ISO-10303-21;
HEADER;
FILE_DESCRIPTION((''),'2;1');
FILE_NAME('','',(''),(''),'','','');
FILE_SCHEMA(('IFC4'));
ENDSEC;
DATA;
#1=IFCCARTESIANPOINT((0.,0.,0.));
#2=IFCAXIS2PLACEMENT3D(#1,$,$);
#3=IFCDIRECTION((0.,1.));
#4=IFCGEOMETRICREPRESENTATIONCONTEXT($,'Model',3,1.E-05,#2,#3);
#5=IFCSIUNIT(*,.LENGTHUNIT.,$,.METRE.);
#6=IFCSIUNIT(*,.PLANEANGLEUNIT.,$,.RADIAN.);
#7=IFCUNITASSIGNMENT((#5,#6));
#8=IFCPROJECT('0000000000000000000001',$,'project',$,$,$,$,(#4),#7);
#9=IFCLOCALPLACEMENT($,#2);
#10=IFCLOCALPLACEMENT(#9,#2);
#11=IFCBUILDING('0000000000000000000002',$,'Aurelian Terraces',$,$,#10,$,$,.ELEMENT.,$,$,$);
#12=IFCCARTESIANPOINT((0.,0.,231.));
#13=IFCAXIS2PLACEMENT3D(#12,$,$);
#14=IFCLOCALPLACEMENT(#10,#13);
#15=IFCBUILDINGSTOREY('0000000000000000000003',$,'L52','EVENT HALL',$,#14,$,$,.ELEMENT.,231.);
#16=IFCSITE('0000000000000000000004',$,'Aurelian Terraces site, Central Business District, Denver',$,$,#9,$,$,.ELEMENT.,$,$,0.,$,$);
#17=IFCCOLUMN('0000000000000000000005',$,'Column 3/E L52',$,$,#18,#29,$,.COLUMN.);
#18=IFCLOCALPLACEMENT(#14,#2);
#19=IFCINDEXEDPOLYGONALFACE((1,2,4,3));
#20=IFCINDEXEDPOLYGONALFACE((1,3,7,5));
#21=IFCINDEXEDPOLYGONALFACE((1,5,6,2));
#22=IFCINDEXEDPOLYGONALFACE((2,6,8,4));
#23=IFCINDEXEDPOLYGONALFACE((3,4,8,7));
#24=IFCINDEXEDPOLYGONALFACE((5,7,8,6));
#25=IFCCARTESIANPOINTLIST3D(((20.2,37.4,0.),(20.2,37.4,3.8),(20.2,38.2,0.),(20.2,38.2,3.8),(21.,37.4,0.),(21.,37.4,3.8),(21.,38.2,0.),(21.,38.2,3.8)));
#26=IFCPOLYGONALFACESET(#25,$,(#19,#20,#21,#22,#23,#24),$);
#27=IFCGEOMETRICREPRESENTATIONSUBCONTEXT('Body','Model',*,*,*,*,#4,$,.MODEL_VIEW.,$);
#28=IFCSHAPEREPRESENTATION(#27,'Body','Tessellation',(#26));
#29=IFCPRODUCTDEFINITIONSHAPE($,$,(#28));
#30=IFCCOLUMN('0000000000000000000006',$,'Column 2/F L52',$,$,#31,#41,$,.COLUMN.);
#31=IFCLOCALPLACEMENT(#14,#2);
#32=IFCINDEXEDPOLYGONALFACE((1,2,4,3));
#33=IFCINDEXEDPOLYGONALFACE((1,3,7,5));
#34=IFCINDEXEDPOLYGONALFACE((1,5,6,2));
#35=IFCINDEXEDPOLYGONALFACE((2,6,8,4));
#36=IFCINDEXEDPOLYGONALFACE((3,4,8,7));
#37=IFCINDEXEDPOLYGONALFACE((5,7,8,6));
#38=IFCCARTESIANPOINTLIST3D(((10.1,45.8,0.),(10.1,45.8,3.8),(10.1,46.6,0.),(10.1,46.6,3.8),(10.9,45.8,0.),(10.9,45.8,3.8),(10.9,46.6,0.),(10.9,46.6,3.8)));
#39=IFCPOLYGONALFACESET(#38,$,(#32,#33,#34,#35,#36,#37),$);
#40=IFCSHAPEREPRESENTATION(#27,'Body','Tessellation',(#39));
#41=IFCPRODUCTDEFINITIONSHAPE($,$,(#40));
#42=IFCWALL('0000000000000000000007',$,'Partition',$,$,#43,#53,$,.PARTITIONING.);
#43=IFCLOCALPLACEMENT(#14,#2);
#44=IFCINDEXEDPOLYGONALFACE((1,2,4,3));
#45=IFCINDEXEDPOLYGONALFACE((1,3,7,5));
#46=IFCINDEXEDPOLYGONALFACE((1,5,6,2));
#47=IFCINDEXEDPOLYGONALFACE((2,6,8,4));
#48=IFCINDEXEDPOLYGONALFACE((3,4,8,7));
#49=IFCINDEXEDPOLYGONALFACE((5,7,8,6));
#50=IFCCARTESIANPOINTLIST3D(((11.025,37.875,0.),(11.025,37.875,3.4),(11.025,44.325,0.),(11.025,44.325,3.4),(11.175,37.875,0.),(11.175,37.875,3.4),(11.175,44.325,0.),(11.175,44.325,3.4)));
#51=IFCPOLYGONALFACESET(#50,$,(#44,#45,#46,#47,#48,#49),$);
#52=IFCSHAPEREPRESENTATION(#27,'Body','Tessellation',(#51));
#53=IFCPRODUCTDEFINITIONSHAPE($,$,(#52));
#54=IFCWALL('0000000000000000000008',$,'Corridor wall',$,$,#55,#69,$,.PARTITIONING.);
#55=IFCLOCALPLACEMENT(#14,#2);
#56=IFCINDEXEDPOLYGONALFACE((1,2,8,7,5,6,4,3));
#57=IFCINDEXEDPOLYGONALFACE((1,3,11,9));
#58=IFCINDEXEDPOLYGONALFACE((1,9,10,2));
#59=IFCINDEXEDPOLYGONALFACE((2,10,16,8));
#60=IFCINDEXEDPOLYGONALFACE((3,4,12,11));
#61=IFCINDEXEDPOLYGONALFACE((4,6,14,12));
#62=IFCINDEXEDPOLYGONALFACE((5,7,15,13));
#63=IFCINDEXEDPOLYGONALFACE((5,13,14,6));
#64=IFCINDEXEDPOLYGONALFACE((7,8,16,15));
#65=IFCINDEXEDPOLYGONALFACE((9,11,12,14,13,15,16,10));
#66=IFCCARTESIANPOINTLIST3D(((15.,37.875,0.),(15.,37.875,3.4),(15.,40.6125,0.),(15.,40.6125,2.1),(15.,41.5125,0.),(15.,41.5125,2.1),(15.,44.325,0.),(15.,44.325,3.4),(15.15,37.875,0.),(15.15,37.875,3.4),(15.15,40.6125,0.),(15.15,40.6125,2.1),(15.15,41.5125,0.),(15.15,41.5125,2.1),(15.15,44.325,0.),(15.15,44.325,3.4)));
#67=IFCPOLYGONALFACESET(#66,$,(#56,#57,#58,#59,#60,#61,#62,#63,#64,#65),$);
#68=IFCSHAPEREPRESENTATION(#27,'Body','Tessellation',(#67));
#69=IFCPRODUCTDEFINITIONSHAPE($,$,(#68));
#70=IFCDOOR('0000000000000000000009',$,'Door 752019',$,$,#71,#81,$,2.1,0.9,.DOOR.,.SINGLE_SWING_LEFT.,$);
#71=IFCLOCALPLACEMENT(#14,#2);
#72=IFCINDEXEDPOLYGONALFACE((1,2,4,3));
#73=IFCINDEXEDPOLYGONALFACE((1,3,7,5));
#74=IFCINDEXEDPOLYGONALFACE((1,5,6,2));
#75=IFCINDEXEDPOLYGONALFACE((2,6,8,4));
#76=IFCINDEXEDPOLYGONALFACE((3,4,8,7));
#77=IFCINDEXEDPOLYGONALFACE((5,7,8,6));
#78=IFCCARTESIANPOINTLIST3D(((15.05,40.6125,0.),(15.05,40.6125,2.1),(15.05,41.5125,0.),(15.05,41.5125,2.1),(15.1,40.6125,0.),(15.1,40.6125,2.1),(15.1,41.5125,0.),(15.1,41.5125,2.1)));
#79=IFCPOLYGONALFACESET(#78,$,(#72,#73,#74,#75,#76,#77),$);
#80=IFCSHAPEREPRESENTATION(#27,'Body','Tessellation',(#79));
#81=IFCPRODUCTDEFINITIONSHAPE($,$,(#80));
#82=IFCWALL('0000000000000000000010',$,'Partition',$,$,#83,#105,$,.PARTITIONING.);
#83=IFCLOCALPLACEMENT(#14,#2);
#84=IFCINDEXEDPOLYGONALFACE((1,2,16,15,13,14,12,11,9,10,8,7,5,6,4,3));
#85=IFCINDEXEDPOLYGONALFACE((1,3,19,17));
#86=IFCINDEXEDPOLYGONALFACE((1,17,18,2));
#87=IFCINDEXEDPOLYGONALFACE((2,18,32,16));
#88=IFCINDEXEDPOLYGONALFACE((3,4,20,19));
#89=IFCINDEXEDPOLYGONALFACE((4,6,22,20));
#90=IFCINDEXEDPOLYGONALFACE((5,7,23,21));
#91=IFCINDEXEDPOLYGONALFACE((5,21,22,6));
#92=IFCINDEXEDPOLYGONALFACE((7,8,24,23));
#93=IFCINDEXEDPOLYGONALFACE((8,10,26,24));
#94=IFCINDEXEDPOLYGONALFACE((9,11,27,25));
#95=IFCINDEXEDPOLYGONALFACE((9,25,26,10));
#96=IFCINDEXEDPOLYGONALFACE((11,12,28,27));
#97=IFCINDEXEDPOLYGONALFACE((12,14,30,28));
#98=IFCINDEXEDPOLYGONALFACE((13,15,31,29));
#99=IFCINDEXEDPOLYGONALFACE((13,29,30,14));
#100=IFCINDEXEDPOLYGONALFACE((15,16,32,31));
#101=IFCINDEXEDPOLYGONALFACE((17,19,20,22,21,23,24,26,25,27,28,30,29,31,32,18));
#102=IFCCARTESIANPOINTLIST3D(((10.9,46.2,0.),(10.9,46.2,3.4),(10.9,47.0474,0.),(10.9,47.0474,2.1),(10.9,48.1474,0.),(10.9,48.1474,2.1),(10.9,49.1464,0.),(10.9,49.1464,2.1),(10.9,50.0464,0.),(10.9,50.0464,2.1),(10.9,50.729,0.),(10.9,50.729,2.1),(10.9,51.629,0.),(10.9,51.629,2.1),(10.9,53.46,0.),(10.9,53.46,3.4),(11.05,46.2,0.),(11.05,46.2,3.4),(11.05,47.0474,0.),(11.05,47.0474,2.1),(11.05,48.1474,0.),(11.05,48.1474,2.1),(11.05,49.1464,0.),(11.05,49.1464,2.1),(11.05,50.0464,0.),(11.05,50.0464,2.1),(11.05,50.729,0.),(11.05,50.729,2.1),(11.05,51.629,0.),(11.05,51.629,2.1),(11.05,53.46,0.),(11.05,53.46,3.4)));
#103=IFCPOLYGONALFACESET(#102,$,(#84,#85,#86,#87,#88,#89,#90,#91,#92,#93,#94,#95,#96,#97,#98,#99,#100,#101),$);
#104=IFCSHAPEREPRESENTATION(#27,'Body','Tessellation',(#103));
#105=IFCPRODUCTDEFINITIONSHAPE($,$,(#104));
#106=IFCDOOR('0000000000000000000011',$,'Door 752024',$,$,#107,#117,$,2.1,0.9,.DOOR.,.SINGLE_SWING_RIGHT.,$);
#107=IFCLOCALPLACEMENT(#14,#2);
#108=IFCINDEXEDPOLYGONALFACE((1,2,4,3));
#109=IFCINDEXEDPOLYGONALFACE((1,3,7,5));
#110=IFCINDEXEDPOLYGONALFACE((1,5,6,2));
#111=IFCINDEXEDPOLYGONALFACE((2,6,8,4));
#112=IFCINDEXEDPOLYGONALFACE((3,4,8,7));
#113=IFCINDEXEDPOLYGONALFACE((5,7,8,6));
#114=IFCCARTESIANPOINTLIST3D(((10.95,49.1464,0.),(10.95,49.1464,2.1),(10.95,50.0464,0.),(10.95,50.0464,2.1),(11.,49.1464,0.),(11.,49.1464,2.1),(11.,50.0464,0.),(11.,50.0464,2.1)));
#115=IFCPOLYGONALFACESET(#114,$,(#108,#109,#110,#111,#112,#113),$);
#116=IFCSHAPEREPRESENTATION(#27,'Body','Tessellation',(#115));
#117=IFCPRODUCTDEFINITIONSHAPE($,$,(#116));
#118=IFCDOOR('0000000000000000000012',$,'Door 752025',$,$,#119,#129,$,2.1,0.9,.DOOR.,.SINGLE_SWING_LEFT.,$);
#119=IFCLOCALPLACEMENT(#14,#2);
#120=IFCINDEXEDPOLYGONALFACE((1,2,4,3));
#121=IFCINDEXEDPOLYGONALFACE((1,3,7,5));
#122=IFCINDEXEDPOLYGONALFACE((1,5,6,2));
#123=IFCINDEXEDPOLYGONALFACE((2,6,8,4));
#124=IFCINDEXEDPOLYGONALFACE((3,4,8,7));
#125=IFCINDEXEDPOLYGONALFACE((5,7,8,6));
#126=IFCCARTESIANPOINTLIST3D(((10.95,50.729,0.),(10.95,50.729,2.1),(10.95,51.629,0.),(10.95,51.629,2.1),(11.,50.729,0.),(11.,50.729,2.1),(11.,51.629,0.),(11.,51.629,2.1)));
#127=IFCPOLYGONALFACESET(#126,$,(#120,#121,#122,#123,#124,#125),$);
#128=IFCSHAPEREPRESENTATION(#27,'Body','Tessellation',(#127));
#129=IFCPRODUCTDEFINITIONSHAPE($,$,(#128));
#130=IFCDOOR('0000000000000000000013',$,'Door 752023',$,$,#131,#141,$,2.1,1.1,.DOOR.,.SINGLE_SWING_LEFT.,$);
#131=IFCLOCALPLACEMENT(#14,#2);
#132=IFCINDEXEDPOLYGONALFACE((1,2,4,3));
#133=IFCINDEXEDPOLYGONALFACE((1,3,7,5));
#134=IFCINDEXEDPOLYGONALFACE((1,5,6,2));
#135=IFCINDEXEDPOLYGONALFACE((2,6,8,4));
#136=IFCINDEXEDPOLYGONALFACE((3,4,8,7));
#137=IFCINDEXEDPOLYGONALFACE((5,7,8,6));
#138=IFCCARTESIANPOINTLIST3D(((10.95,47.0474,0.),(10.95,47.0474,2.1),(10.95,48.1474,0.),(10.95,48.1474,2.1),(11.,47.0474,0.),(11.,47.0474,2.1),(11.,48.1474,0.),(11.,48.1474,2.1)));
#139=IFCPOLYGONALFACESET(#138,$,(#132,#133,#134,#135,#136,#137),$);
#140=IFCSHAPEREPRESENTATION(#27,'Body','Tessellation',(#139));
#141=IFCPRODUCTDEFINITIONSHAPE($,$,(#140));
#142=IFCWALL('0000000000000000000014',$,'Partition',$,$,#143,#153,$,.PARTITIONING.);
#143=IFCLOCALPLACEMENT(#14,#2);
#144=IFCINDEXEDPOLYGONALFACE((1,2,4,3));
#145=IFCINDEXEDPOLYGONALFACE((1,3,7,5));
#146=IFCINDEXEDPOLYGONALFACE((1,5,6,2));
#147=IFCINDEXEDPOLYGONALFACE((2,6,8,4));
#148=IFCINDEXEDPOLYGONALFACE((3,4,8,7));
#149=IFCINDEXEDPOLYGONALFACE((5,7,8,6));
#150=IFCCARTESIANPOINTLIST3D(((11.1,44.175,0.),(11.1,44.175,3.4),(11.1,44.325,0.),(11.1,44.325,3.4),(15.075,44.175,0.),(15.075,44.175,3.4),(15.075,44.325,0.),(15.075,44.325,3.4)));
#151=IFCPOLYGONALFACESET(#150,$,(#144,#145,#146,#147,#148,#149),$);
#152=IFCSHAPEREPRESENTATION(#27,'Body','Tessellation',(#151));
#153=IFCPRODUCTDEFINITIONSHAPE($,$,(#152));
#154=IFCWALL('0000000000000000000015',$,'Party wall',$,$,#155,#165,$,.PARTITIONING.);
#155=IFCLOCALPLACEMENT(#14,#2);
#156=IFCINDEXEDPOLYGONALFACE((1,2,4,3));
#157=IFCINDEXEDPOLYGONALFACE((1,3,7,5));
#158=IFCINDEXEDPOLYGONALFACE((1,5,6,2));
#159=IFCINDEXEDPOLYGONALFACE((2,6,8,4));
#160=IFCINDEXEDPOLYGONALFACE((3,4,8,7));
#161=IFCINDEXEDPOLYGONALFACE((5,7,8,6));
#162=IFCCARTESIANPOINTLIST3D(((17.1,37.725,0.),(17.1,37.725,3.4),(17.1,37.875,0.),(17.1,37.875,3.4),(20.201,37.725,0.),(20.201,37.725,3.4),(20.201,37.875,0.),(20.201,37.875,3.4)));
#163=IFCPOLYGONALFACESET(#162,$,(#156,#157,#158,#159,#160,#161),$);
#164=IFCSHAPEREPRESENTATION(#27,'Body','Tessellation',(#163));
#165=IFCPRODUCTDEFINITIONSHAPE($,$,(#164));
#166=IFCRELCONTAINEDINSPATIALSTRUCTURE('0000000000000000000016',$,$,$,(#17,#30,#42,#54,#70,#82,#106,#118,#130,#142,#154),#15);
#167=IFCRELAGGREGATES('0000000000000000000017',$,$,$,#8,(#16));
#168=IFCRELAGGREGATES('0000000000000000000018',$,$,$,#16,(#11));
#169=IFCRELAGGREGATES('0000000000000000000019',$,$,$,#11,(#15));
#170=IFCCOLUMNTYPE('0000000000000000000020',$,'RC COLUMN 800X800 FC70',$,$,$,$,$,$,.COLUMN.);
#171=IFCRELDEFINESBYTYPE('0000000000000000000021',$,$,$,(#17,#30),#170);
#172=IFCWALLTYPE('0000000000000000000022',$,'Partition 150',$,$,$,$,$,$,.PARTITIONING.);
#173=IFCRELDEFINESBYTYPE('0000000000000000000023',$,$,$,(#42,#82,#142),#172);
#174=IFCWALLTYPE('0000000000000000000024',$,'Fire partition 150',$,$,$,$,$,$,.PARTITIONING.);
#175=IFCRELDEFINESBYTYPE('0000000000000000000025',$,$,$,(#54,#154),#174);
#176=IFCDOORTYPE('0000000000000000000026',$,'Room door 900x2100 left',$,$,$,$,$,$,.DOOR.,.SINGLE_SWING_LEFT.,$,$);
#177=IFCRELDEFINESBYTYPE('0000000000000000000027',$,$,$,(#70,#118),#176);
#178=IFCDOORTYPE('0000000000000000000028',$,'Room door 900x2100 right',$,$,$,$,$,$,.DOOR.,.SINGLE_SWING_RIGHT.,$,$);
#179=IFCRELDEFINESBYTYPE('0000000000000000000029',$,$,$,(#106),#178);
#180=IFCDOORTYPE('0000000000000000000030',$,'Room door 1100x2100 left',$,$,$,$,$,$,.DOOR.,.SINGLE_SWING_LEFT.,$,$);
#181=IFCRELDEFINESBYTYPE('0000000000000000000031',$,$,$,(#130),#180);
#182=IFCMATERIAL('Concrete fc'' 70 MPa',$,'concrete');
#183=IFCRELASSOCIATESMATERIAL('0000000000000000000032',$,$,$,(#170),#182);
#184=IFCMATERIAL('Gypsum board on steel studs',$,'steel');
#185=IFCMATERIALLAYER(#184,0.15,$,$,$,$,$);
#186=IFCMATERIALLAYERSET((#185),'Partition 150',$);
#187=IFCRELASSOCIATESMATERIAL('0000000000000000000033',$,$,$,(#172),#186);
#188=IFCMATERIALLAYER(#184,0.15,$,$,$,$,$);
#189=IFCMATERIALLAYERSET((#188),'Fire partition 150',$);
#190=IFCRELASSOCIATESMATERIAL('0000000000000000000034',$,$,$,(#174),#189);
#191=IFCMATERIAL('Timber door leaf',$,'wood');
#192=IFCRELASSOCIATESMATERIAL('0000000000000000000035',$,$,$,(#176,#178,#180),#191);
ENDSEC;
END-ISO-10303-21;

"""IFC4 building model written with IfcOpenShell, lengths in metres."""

from ifc_helpers import new_model, si_unit, direction, frame, frame_2d, origin, origin_2d, place, context, subcontext, project, spatial, rectangle, extrude, source, transform, mapped, material, layer, layer_set, material_profile, profile_set, type_object, element, fill, save


model = new_model("IFC4")

# Units and contexts
model_context = context("Model", 3, precision=1e-05, world=origin(), true_north=direction((0.0, 1.0)))
body_context = subcontext(model_context, "Body", "Model", "MODEL_VIEW")
ifc_project = project(units=[si_unit("LENGTHUNIT", "METRE"), si_unit("PLANEANGLEUNIT", "RADIAN")], contexts=[model_context])

# Site, building, storey
site_placement = place(None, origin())
site = spatial("IfcSite", under=ifc_project, at=site_placement, Name="Aurelian Terraces site, Central Business District, Denver", CompositionType="ELEMENT", RefElevation=0.0)
building_placement = place(site_placement, origin())
building = spatial("IfcBuilding", under=site, at=building_placement, Name="Aurelian Terraces", CompositionType="ELEMENT")
storey_placement = place(building_placement, frame((0.0, 0.0, 231.0)))
storey = spatial("IfcBuildingStorey", under=building, at=storey_placement, Name="L52", Description="EVENT HALL", CompositionType="ELEMENT", Elevation=231.0)

# Columns
ifc_material_1 = material(Name="Concrete fc' 70 MPa", Category="concrete")
ifc_material_profile = material_profile(ifc_material_1, rectangle(XDim=0.8, YDim=0.8, at=origin_2d()))
ifc_profile_set = profile_set([ifc_material_profile], Name="Concrete fc' 70 MPa")
column_type = type_object("IfcColumnType", Name="RC COLUMN 800X800 FC70", PredefinedType="COLUMN", material=ifc_profile_set)
shared_shape_1 = source(origin(), body_context, "Body", "SweptSolid", [
    extrude(rectangle(XDim=0.8, YDim=0.8, at=origin_2d()), origin(), (0.0, 0.0, 1.0), 3.8),
])
for number, where, z_axis, x_axis, name in (
    (1, (20.6, 37.8, 0.0), (0.0, 0.0, 1.0), (1.0, 0.0, 0.0), "Column 3/E L52"),
    (2, (10.5, 46.2, 0.0), (0.0, 0.0, 1.0), (1.0, 0.0, 0.0), "Column 2/F L52"),
):
    element("IfcColumn", number, at=place(storey_placement, frame(where, z_axis=z_axis, x_axis=x_axis)), inside=storey, type_object=column_type, Name=name, PredefinedType="COLUMN", context=body_context, shape_type="MappedRepresentation", body=[
        mapped(shared_shape_1, transform((0.0, 0.0, 0.0), scale=1.0)),
    ])

# Wall
ifc_material_2 = material(Name="Gypsum board on steel studs", Category="steel")
ifc_layer_1 = layer(ifc_material_2, 0.15)
ifc_layer_set_1 = layer_set([ifc_layer_1], Name="Partition 150")
wall_type_1 = type_object("IfcWallType", Name="Partition 150", PredefinedType="PARTITIONING", material=ifc_layer_set_1)
shared_shape_2 = source(origin(), body_context, "Body", "SweptSolid", [
    extrude(rectangle(XDim=6.45, YDim=0.15, at=frame_2d((3.225, 0.0))), origin(), (0.0, 0.0, 1.0), 3.4),
])
wall_1_placement = place(storey_placement, frame((11.1, 44.325, 0.0), z_axis=(0.0, 0.0, 1.0), x_axis=(0.0, -1.0, 0.0)))
element("IfcWall", 3, at=wall_1_placement, inside=storey, type_object=wall_type_1, Name="Partition", PredefinedType="PARTITIONING", context=body_context, shape_type="MappedRepresentation", body=[
    mapped(shared_shape_2, transform((0.0, 0.0, 0.0), scale=1.0)),
])

# Wall, opening, door
ifc_layer_2 = layer(ifc_material_2, 0.15)
ifc_layer_set_2 = layer_set([ifc_layer_2], Name="Fire partition 150")
wall_type_2 = type_object("IfcWallType", Name="Fire partition 150", PredefinedType="PARTITIONING", material=ifc_layer_set_2)
wall_2_placement = place(storey_placement, frame((15.075, 37.875, 0.0), z_axis=(0.0, 0.0, 1.0), x_axis=(0.0, 1.0, 0.0)))
wall_2 = element("IfcWall", 4, at=wall_2_placement, inside=storey, type_object=wall_type_2, Name="Corridor wall", PredefinedType="PARTITIONING", context=body_context, shape_type="MappedRepresentation", body=[
    mapped(shared_shape_2, transform((0.0, 0.0, 0.0), scale=1.0)),
])
shared_shape_3 = source(origin(), body_context, "Body", "SweptSolid", [
    extrude(rectangle(XDim=0.9, YDim=2.1, at=frame_2d((0.45, 1.05))), frame((0.0, 0.085, 0.0), z_axis=(0.0, -1.0, 0.0), x_axis=(1.0, 0.0, 0.0)), (0.0, 0.0, 1.0), 0.17),
])
opening_1_placement = place(wall_2_placement, frame((2.7375, 0.0, 0.0)))
opening_1 = element("IfcOpeningElement", 5, at=opening_1_placement, cuts=wall_2, PredefinedType="OPENING", context=body_context, shape_type="MappedRepresentation", body=[
    mapped(shared_shape_3, transform((0.0, 0.0, 0.0), scale=1.0)),
])
ifc_material_3 = material(Name="Timber door leaf", Category="wood")
door_type_1 = type_object("IfcDoorType", Name="Room door 900x2100 left", OperationType="SINGLE_SWING_LEFT", PredefinedType="DOOR", material=ifc_material_3)
shared_shape_4 = source(origin(), body_context, "Body", "SweptSolid", [
    extrude(rectangle(XDim=0.9, YDim=2.1, at=frame_2d((0.45, 1.05))), frame((0.0, 0.025, 0.0), z_axis=(0.0, -1.0, 0.0), x_axis=(1.0, 0.0, 0.0)), (0.0, 0.0, 1.0), 0.05),
])
door_1_placement = place(opening_1_placement, origin())
door_1 = element("IfcDoor", 6, at=door_1_placement, inside=storey, type_object=door_type_1, Name="Door 752019", OperationType="SINGLE_SWING_LEFT", OverallHeight=2.1, OverallWidth=0.9, PredefinedType="DOOR", context=body_context, shape_type="MappedRepresentation", body=[
    mapped(shared_shape_4, transform((0.0, 0.0, 0.0), scale=1.0)),
])
fill(opening_1, door_1)

# Wall, openings, doors
shared_shape_5 = source(origin(), body_context, "Body", "SweptSolid", [
    extrude(rectangle(XDim=7.26, YDim=0.15, at=frame_2d((3.63, 0.0))), origin(), (0.0, 0.0, 1.0), 3.4),
])
wall_3_placement = place(storey_placement, frame((10.975, 46.2, 0.0), z_axis=(0.0, 0.0, 1.0), x_axis=(0.0, 1.0, 0.0)))
wall_3 = element("IfcWall", 7, at=wall_3_placement, inside=storey, type_object=wall_type_1, Name="Partition", PredefinedType="PARTITIONING", context=body_context, shape_type="MappedRepresentation", body=[
    mapped(shared_shape_5, transform((0.0, 0.0, 0.0), scale=1.0)),
])
shared_shape_6 = source(origin(), body_context, "Body", "SweptSolid", [
    extrude(rectangle(XDim=1.1, YDim=2.1, at=frame_2d((0.55, 1.05))), frame((0.0, 0.085, 0.0), z_axis=(0.0, -1.0, 0.0), x_axis=(1.0, 0.0, 0.0)), (0.0, 0.0, 1.0), 0.17),
])
opening_2_placement = place(wall_3_placement, frame((0.8474, 0.0, 0.0)))
opening_2 = element("IfcOpeningElement", 8, at=opening_2_placement, cuts=wall_3, PredefinedType="OPENING", context=body_context, shape_type="MappedRepresentation", body=[
    mapped(shared_shape_6, transform((0.0, 0.0, 0.0), scale=1.0)),
])
opening_3_placement = place(wall_3_placement, frame((2.9464, 0.0, 0.0)))
opening_3 = element("IfcOpeningElement", 9, at=opening_3_placement, cuts=wall_3, PredefinedType="OPENING", context=body_context, shape_type="MappedRepresentation", body=[
    mapped(shared_shape_3, transform((0.0, 0.0, 0.0), scale=1.0)),
])
opening_4_placement = place(wall_3_placement, frame((4.529, 0.0, 0.0)))
opening_4 = element("IfcOpeningElement", 10, at=opening_4_placement, cuts=wall_3, PredefinedType="OPENING", context=body_context, shape_type="MappedRepresentation", body=[
    mapped(shared_shape_3, transform((0.0, 0.0, 0.0), scale=1.0)),
])
door_type_2 = type_object("IfcDoorType", Name="Room door 900x2100 right", OperationType="SINGLE_SWING_RIGHT", PredefinedType="DOOR", material=ifc_material_3)
door_2_placement = place(opening_3_placement, origin())
door_2 = element("IfcDoor", 11, at=door_2_placement, inside=storey, type_object=door_type_2, Name="Door 752024", OperationType="SINGLE_SWING_RIGHT", OverallHeight=2.1, OverallWidth=0.9, PredefinedType="DOOR", context=body_context, shape_type="MappedRepresentation", body=[
    mapped(shared_shape_4, transform((0.0, 0.0, 0.0), scale=1.0)),
])
fill(opening_3, door_2)
door_3_placement = place(opening_4_placement, origin())
door_3 = element("IfcDoor", 12, at=door_3_placement, inside=storey, type_object=door_type_1, Name="Door 752025", OperationType="SINGLE_SWING_LEFT", OverallHeight=2.1, OverallWidth=0.9, PredefinedType="DOOR", context=body_context, shape_type="MappedRepresentation", body=[
    mapped(shared_shape_4, transform((0.0, 0.0, 0.0), scale=1.0)),
])
fill(opening_4, door_3)
door_type_3 = type_object("IfcDoorType", Name="Room door 1100x2100 left", OperationType="SINGLE_SWING_LEFT", PredefinedType="DOOR", material=ifc_material_3)
shared_shape_7 = source(origin(), body_context, "Body", "SweptSolid", [
    extrude(rectangle(XDim=1.1, YDim=2.1, at=frame_2d((0.55, 1.05))), frame((0.0, 0.025, 0.0), z_axis=(0.0, -1.0, 0.0), x_axis=(1.0, 0.0, 0.0)), (0.0, 0.0, 1.0), 0.05),
])
door_4_placement = place(opening_2_placement, origin())
door_4 = element("IfcDoor", 13, at=door_4_placement, inside=storey, type_object=door_type_3, Name="Door 752023", OperationType="SINGLE_SWING_LEFT", OverallHeight=2.1, OverallWidth=1.1, PredefinedType="DOOR", context=body_context, shape_type="MappedRepresentation", body=[
    mapped(shared_shape_7, transform((0.0, 0.0, 0.0), scale=1.0)),
])
fill(opening_2, door_4)

# Walls
shared_shape_8 = source(origin(), body_context, "Body", "SweptSolid", [
    extrude(rectangle(XDim=3.975, YDim=0.15, at=frame_2d((1.9875, 0.0))), origin(), (0.0, 0.0, 1.0), 3.4),
])
wall_4_placement = place(storey_placement, frame((15.075, 44.25, 0.0), z_axis=(0.0, 0.0, 1.0), x_axis=(-1.0, 0.0, 0.0)))
element("IfcWall", 14, at=wall_4_placement, inside=storey, type_object=wall_type_1, Name="Partition", PredefinedType="PARTITIONING", context=body_context, shape_type="MappedRepresentation", body=[
    mapped(shared_shape_8, transform((0.0, 0.0, 0.0), scale=1.0)),
])
shared_shape_9 = source(origin(), body_context, "Body", "SweptSolid", [
    extrude(rectangle(XDim=3.101, YDim=0.15, at=frame_2d((1.5505, 0.0))), origin(), (0.0, 0.0, 1.0), 3.4),
])
wall_5_placement = place(storey_placement, frame((20.201, 37.8, 0.0), z_axis=(0.0, 0.0, 1.0), x_axis=(-1.0, 0.0, 0.0)))
element("IfcWall", 15, at=wall_5_placement, inside=storey, type_object=wall_type_2, Name="Party wall", PredefinedType="PARTITIONING", context=body_context, shape_type="MappedRepresentation", body=[
    mapped(shared_shape_9, transform((0.0, 0.0, 0.0), scale=1.0)),
])

save(model, "model.ifc")
